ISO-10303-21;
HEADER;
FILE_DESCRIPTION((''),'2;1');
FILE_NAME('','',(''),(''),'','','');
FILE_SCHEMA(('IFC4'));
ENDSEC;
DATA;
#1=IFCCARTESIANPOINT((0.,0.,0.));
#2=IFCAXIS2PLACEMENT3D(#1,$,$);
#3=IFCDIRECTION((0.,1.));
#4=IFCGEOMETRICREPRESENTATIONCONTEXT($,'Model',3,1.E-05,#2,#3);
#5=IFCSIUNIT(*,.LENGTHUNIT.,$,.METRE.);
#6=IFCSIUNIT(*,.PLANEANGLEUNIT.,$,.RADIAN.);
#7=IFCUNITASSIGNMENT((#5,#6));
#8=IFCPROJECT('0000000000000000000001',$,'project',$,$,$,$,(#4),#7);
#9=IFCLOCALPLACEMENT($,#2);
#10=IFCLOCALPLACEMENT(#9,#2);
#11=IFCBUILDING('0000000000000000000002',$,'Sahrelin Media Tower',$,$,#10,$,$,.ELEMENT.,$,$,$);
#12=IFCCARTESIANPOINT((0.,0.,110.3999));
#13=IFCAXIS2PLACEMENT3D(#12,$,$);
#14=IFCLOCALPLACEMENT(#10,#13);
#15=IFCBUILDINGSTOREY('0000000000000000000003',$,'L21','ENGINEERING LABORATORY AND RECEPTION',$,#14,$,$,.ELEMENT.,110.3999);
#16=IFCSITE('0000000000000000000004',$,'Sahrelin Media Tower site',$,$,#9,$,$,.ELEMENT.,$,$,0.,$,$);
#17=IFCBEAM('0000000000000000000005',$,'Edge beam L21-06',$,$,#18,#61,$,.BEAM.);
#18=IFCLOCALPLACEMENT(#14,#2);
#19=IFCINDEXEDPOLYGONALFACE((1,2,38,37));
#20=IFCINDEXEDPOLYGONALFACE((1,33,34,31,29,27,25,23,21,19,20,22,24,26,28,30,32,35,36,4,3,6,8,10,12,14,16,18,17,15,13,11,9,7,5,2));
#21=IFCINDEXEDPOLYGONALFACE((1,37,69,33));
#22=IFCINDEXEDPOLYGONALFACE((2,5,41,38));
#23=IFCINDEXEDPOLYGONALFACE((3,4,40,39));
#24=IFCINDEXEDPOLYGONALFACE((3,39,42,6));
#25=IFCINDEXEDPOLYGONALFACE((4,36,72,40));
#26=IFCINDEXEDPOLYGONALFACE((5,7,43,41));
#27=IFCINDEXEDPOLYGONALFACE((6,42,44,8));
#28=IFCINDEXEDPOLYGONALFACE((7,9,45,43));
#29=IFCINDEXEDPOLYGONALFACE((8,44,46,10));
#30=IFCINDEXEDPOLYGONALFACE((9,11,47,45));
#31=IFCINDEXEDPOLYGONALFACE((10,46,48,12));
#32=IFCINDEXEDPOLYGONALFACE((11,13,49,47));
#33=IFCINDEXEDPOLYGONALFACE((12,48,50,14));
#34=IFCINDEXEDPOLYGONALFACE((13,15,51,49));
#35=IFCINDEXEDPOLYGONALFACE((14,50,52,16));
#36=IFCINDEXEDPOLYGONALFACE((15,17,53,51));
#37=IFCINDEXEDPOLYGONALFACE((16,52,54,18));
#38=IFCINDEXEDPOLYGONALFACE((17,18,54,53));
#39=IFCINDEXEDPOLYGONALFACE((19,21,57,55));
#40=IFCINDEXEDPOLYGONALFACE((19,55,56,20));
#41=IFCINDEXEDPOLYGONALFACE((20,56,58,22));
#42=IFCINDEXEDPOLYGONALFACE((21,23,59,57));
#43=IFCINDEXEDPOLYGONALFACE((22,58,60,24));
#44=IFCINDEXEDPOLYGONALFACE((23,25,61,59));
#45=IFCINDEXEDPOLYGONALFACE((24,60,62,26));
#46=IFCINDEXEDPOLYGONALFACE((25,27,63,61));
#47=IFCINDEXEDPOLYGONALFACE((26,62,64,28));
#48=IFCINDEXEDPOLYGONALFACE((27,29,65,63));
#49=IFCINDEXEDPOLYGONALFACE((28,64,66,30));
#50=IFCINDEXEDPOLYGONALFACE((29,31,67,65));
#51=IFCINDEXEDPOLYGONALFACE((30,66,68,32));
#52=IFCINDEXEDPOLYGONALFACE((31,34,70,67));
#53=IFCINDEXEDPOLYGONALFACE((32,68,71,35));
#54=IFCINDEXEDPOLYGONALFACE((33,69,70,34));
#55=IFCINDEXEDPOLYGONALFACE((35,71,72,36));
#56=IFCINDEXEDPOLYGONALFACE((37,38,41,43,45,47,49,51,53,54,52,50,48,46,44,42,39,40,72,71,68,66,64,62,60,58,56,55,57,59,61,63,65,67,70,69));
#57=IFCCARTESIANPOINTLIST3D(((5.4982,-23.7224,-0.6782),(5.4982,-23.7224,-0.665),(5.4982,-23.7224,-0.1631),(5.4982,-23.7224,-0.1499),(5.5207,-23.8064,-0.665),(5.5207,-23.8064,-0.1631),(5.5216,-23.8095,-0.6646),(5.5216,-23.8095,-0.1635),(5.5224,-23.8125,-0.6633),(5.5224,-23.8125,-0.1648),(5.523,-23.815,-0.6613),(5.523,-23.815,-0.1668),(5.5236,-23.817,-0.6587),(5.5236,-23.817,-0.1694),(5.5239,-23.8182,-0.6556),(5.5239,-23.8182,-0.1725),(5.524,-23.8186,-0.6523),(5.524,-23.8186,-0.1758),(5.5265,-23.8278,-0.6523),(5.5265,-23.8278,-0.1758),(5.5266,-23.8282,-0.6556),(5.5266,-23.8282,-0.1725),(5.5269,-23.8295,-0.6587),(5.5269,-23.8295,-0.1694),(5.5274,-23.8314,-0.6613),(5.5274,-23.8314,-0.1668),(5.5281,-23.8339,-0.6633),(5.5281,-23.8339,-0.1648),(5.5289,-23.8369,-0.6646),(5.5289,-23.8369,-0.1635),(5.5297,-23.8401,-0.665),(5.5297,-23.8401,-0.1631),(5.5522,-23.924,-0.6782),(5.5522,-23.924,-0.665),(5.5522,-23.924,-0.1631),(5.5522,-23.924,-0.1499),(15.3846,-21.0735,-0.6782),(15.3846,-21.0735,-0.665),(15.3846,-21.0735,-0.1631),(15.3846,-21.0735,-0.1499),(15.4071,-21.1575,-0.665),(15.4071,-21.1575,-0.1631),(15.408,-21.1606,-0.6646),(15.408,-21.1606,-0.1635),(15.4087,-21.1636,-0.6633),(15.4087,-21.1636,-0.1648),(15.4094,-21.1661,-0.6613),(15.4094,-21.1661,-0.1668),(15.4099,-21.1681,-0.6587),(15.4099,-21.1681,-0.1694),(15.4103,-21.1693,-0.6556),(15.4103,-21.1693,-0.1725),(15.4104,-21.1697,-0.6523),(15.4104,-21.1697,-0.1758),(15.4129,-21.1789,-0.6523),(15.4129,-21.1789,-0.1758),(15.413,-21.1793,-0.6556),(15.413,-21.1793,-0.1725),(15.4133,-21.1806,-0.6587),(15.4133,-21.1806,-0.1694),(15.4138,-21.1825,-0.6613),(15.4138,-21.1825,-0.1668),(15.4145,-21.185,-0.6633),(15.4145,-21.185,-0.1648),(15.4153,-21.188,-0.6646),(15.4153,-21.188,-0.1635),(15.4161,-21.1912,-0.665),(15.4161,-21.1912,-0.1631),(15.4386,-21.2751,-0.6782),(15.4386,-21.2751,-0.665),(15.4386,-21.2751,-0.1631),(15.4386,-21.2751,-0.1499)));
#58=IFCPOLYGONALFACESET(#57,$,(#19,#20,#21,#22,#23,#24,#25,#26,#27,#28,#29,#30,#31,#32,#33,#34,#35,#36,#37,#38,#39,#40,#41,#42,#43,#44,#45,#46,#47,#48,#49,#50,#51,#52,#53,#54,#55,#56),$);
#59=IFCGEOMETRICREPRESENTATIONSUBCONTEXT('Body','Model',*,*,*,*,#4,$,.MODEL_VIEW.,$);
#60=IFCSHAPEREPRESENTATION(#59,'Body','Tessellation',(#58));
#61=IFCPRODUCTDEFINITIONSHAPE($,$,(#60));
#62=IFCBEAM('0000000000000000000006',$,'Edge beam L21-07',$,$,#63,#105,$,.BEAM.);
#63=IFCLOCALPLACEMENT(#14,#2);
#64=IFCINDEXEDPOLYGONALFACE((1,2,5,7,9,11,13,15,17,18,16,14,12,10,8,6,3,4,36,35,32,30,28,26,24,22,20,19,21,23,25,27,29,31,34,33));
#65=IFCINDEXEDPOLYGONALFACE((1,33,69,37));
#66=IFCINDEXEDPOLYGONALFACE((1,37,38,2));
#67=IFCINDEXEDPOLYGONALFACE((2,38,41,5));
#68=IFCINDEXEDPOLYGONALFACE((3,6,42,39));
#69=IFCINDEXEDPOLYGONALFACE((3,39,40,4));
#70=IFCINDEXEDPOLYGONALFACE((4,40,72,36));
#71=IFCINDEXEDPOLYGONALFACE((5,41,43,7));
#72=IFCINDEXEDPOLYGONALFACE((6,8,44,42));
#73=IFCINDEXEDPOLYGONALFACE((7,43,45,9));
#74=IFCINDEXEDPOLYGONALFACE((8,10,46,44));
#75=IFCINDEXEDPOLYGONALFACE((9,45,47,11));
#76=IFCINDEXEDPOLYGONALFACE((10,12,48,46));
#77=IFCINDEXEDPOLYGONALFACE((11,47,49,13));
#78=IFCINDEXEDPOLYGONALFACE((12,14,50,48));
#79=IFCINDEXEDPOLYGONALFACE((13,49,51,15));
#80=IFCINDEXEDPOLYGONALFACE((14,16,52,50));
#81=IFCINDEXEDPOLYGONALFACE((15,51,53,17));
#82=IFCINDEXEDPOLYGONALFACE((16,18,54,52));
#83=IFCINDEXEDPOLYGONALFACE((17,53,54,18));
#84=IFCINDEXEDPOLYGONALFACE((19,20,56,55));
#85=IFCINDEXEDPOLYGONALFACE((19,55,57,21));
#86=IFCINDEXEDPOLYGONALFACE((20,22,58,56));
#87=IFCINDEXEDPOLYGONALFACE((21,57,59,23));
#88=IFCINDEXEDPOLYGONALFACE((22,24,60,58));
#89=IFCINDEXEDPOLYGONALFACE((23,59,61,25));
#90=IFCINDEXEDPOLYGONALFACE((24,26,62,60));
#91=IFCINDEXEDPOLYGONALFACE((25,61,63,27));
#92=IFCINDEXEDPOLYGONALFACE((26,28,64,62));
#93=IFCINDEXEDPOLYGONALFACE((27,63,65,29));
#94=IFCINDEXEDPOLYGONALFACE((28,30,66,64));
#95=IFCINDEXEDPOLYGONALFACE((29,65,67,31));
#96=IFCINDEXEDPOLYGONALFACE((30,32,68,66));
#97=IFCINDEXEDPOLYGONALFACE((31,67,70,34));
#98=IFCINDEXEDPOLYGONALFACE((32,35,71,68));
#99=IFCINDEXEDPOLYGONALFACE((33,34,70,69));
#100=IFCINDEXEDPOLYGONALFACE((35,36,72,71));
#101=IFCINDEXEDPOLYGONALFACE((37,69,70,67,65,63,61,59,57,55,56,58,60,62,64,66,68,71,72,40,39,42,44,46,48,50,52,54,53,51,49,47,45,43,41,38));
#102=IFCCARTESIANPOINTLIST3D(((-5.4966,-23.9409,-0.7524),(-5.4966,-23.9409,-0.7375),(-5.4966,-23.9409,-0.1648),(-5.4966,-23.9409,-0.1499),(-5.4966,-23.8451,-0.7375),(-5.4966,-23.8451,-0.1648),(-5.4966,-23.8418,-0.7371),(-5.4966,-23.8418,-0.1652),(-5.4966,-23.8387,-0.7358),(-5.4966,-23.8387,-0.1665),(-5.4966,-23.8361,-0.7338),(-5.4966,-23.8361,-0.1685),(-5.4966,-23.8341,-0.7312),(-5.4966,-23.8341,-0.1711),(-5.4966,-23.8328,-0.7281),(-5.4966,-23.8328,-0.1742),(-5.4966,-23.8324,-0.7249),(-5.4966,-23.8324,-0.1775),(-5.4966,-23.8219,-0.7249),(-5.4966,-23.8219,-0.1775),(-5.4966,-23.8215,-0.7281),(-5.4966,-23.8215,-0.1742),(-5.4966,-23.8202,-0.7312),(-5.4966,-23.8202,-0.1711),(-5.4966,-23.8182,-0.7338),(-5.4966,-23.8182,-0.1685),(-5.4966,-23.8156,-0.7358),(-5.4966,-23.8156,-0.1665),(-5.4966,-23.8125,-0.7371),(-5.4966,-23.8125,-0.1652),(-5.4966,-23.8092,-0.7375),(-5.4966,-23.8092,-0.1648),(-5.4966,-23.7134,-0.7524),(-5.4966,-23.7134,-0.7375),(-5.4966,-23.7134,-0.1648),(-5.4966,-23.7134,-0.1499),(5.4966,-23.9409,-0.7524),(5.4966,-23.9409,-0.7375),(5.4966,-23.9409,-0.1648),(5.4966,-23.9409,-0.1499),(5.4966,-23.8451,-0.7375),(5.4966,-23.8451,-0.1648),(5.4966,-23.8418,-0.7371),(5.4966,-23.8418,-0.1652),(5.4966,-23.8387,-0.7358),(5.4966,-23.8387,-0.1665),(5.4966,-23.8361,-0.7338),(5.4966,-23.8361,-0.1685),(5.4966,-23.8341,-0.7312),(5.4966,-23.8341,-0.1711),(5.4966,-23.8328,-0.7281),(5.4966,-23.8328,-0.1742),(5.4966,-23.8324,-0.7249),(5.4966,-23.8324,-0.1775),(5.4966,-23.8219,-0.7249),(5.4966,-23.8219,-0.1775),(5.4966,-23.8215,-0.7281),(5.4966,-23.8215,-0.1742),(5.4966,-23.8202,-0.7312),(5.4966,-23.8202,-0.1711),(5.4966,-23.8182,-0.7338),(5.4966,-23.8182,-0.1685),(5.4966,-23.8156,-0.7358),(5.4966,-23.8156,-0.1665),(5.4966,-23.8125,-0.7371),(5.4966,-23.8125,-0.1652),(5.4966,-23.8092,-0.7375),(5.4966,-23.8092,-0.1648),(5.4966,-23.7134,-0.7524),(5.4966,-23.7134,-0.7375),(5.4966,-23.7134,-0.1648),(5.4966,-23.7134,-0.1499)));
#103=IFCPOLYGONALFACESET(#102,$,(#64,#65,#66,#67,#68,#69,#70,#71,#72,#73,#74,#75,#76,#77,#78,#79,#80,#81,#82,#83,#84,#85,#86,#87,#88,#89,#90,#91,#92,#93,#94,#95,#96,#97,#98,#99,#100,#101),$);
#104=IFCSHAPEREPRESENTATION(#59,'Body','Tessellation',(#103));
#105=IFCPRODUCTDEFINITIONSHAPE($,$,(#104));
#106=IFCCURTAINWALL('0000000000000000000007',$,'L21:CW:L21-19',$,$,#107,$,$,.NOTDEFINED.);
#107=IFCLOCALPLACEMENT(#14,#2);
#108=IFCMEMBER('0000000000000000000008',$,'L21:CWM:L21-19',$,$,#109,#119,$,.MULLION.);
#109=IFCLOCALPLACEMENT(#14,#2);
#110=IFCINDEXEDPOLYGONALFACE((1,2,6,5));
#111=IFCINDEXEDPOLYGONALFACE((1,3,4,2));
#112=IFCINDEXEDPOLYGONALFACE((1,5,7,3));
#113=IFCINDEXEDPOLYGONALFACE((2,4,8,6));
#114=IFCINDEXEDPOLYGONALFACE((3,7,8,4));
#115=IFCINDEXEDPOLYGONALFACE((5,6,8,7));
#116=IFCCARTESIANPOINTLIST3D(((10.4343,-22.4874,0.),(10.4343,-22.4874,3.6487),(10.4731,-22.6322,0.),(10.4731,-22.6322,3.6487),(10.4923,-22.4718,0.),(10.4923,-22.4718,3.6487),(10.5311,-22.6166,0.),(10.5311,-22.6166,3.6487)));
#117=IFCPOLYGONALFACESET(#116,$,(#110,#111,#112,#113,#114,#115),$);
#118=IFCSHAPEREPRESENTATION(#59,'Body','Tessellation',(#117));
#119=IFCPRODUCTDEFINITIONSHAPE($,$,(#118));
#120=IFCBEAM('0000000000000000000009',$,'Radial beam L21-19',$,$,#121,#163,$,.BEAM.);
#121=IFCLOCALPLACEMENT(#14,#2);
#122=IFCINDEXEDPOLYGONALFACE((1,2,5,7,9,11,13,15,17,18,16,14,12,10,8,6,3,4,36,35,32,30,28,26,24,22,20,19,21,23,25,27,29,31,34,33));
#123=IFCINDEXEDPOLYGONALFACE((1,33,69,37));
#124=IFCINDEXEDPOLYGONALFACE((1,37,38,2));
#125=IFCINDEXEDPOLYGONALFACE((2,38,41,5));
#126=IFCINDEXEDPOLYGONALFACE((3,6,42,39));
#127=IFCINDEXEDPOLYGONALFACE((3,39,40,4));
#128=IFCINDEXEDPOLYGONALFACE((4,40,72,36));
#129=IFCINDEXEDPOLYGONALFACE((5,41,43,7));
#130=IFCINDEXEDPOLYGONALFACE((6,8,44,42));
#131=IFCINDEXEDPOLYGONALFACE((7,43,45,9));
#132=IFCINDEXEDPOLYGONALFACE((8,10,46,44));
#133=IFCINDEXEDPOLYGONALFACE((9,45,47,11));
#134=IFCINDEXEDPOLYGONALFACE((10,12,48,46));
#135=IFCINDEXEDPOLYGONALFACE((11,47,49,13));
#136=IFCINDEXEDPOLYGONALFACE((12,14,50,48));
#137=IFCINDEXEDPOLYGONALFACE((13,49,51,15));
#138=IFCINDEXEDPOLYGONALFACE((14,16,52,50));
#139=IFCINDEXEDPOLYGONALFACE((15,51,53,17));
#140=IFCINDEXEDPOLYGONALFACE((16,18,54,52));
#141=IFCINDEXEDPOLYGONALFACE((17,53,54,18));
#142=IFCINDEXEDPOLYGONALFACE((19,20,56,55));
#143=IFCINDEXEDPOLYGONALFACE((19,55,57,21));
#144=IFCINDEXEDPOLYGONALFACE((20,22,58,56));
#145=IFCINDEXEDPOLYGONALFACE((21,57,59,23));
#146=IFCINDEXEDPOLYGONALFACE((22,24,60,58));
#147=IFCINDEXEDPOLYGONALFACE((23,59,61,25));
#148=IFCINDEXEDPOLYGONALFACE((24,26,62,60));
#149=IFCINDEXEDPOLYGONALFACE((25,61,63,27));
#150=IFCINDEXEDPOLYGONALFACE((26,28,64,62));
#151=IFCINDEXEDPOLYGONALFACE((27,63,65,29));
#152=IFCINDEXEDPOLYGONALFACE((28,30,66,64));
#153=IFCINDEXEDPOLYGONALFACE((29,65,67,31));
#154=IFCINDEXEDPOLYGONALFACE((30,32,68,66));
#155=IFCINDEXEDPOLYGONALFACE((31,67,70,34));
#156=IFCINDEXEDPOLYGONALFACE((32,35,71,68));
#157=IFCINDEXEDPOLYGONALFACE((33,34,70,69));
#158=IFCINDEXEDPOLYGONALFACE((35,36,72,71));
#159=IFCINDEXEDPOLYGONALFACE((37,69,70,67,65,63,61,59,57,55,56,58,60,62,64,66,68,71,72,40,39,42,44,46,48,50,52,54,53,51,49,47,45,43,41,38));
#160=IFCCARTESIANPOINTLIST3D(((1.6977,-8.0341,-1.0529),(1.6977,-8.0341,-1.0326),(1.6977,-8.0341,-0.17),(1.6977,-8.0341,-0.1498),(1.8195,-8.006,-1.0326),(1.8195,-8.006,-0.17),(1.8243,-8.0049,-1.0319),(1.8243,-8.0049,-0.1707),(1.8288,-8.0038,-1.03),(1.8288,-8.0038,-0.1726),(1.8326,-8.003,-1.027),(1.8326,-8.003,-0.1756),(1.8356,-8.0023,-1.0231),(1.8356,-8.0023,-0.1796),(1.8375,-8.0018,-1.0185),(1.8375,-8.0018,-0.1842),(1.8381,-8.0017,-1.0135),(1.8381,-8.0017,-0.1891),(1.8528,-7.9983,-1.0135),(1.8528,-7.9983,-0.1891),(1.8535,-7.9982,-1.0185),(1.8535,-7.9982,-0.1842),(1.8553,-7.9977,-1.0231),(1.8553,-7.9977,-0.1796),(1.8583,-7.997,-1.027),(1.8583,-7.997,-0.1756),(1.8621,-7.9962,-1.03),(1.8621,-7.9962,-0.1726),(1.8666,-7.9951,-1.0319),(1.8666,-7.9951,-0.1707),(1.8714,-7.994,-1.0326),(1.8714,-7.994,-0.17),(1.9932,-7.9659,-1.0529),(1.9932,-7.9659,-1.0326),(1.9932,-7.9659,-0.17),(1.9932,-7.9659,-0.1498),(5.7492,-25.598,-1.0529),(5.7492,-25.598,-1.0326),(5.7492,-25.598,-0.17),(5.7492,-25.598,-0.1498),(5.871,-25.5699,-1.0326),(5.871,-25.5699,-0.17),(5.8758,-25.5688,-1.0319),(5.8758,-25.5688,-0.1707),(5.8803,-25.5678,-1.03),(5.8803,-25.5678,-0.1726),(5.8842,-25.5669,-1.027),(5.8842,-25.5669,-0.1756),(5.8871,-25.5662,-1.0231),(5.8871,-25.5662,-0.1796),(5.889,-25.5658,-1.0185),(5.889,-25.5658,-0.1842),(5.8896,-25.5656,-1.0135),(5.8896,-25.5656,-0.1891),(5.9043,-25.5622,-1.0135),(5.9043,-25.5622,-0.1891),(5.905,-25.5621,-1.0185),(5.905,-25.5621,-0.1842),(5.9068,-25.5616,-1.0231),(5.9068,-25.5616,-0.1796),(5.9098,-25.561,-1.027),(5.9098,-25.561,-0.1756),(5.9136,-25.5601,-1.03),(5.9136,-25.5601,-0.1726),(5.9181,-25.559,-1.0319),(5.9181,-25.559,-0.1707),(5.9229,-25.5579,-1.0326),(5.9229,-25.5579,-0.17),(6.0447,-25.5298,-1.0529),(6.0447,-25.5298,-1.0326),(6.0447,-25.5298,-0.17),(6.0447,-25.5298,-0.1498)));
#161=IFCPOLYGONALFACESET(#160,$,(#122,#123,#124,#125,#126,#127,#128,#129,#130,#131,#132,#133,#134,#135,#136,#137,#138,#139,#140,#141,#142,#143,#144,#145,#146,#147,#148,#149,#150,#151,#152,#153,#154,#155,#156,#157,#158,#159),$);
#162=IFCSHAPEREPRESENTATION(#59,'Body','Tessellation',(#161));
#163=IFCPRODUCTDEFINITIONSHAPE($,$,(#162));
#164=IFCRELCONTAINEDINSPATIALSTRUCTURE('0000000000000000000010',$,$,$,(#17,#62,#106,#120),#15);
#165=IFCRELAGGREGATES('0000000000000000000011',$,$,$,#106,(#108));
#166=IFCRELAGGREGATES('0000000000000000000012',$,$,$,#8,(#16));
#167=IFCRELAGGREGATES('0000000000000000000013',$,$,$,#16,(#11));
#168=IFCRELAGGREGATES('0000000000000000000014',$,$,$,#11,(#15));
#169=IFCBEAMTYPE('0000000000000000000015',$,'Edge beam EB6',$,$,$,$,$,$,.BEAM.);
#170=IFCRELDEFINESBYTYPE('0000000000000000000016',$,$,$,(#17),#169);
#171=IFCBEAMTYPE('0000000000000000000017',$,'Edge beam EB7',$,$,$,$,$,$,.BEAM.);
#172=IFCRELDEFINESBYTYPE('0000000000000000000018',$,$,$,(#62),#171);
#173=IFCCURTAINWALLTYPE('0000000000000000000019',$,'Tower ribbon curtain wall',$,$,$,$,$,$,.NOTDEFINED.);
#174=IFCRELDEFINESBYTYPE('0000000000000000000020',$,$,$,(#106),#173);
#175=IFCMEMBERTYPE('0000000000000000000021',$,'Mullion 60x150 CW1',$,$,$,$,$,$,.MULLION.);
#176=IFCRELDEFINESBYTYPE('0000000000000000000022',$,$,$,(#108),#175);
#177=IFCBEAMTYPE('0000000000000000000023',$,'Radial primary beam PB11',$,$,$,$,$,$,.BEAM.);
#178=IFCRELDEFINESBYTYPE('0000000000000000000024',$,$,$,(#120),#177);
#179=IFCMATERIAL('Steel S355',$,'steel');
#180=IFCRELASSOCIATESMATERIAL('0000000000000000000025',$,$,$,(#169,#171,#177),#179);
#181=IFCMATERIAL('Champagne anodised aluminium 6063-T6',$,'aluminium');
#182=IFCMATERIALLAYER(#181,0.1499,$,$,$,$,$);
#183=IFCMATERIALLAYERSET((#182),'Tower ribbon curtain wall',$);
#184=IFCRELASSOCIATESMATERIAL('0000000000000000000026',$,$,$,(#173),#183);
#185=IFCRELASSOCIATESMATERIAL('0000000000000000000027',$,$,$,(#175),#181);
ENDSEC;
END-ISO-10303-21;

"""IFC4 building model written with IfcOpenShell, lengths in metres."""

from ifc_helpers import new_model, si_unit, direction, frame, origin, origin_2d, place, context, subcontext, project, spatial, rectangle, i_section, extrude, material, layer, layer_set, material_profile, profile_set, type_object, element, aggregate, save


model = new_model("IFC4")

# Units and contexts
model_context = context("Model", 3, precision=1e-05, world=origin(), true_north=direction((0.0, 1.0)))
body_context = subcontext(model_context, "Body", "Model", "MODEL_VIEW")
ifc_project = project(units=[si_unit("LENGTHUNIT", "METRE"), si_unit("PLANEANGLEUNIT", "RADIAN")], contexts=[model_context])

# Site, building, storey
site_placement = place(None, origin())
site = spatial("IfcSite", under=ifc_project, at=site_placement, Name="Sahrelin Media Tower site", CompositionType="ELEMENT", RefElevation=0.0)
building_placement = place(site_placement, origin())
building = spatial("IfcBuilding", under=site, at=building_placement, Name="Sahrelin Media Tower", CompositionType="ELEMENT")
storey_placement = place(building_placement, frame((0.0, 0.0, 110.3999)))
storey = spatial("IfcBuildingStorey", under=building, at=storey_placement, Name="L21", Description="ENGINEERING LABORATORY AND RECEPTION", CompositionType="ELEMENT", Elevation=110.3999)

# Beams
ifc_material_1 = material(Name="Steel S355", Category="steel")
ifc_material_profile_1 = material_profile(ifc_material_1, i_section(OverallWidth=0.2087, OverallDepth=0.5283, WebThickness=0.0095, FlangeThickness=0.0132, FilletRadius=0.0127, at=origin_2d()), Name="UB 533x210x82")
ifc_profile_set_1 = profile_set([ifc_material_profile_1], Name="Steel S355")
beam_type_1 = type_object("IfcBeamType", Name="Edge beam EB6", PredefinedType="BEAM", material=ifc_profile_set_1)
beam_1_placement = place(storey_placement, frame((15.4116, -21.1743, -0.4141), z_axis=(-0.965929, -0.258806, 0.0), x_axis=(0.258806, -0.965929, 0.0)))
element("IfcBeam", 1, at=beam_1_placement, inside=storey, type_object=beam_type_1, Name="Edge beam L21-06", PredefinedType="BEAM", context=body_context, shape_type="SweptSolid", body=[
    extrude(i_section(OverallWidth=0.2087, OverallDepth=0.5283, WebThickness=0.0095, FlangeThickness=0.0132, FilletRadius=0.0127, at=origin_2d()), origin(), (0.0, 0.0, 1.0), 10.2351),
])
ifc_material_profile_2 = material_profile(ifc_material_1, i_section(OverallWidth=0.2275, OverallDepth=0.6025, WebThickness=0.0105, FlangeThickness=0.0149, FilletRadius=0.0127, at=origin_2d()), Name="UB 610x229x101")
ifc_profile_set_2 = profile_set([ifc_material_profile_2], Name="Steel S355")
beam_type_2 = type_object("IfcBeamType", Name="Edge beam EB7", PredefinedType="BEAM", material=ifc_profile_set_2)
beam_2_placement = place(storey_placement, frame((5.4966, -23.8271, -0.4512), z_axis=(-1.0, 0.0, 0.0), x_axis=(0.0, -1.0, 0.0)))
element("IfcBeam", 2, at=beam_2_placement, inside=storey, type_object=beam_type_2, Name="Edge beam L21-07", PredefinedType="BEAM", context=body_context, shape_type="SweptSolid", body=[
    extrude(i_section(OverallWidth=0.2275, OverallDepth=0.6025, WebThickness=0.0105, FlangeThickness=0.0149, FilletRadius=0.0127, at=origin_2d()), origin(), (0.0, 0.0, 1.0), 10.9932),
])

# Curtain wall, member
ifc_material_2 = material(Name="Champagne anodised aluminium 6063-T6", Category="aluminium")
ifc_layer_1 = layer(ifc_material_2, 0.1499)
ifc_layer_set_1 = layer_set([ifc_layer_1], Name="Tower ribbon curtain wall")
curtain_wall_type = type_object("IfcCurtainWallType", Name="Tower ribbon curtain wall", PredefinedType="NOTDEFINED", material=ifc_layer_set_1)
curtain_wall_placement = place(storey_placement, frame((10.5073, -22.6438, 0.0), z_axis=(0.0, 0.0, 1.0), x_axis=(1.0, 0.0, 0.0)))
curtain_wall = element("IfcCurtainWall", 3, at=curtain_wall_placement, inside=storey, type_object=curtain_wall_type, Name="L21:CW:L21-19", PredefinedType="NOTDEFINED")
ifc_material_profile_3 = material_profile(ifc_material_2, rectangle(XDim=0.0601, YDim=0.1499, at=origin_2d()), Name="Mullion 60x150")
ifc_profile_set_3 = profile_set([ifc_material_profile_3], Name="Champagne anodised aluminium 6063-T6")
member_type_1 = type_object("IfcMemberType", Name="Mullion 60x150 CW1", PredefinedType="MULLION", material=ifc_profile_set_3)
member_1_placement = place(storey_placement, frame((10.4827, -22.552, 0.0), z_axis=(0.0, 0.0, 1.0), x_axis=(0.965926, 0.258817, 0.0)))
member_1 = element("IfcMember", 4, at=member_1_placement, type_object=member_type_1, Name="L21:CWM:L21-19", PredefinedType="MULLION", context=body_context, shape_type="SweptSolid", body=[
    extrude(rectangle(XDim=0.0601, YDim=0.1499, at=origin_2d()), origin(), (0.0, 0.0, 1.0), 3.6487),
])

# Beam
ifc_material_profile_4 = material_profile(ifc_material_1, i_section(OverallWidth=0.3032, OverallDepth=0.9031, WebThickness=0.0151, FlangeThickness=0.0203, FilletRadius=0.019, at=origin_2d()), Name="UB 914x305x201")
ifc_profile_set_4 = profile_set([ifc_material_profile_4], Name="Steel S355")
beam_type_3 = type_object("IfcBeamType", Name="Radial primary beam PB11", PredefinedType="BEAM", material=ifc_profile_set_4)
beam_3_placement = place(storey_placement, frame((1.8455, -8.0, -0.6013), z_axis=(0.224769, -0.974412, 0.0), x_axis=(0.974412, 0.224769, 0.0)))
element("IfcBeam", 5, at=beam_3_placement, inside=storey, type_object=beam_type_3, Name="Radial beam L21-19", PredefinedType="BEAM", context=body_context, shape_type="SweptSolid", body=[
    extrude(i_section(OverallWidth=0.3032, OverallDepth=0.9031, WebThickness=0.0151, FlangeThickness=0.0203, FilletRadius=0.019, at=origin_2d()), origin(), (0.0, 0.0, 1.0), 18.0251),
])

aggregate(curtain_wall, [member_1])

save(model, "model.ifc")
